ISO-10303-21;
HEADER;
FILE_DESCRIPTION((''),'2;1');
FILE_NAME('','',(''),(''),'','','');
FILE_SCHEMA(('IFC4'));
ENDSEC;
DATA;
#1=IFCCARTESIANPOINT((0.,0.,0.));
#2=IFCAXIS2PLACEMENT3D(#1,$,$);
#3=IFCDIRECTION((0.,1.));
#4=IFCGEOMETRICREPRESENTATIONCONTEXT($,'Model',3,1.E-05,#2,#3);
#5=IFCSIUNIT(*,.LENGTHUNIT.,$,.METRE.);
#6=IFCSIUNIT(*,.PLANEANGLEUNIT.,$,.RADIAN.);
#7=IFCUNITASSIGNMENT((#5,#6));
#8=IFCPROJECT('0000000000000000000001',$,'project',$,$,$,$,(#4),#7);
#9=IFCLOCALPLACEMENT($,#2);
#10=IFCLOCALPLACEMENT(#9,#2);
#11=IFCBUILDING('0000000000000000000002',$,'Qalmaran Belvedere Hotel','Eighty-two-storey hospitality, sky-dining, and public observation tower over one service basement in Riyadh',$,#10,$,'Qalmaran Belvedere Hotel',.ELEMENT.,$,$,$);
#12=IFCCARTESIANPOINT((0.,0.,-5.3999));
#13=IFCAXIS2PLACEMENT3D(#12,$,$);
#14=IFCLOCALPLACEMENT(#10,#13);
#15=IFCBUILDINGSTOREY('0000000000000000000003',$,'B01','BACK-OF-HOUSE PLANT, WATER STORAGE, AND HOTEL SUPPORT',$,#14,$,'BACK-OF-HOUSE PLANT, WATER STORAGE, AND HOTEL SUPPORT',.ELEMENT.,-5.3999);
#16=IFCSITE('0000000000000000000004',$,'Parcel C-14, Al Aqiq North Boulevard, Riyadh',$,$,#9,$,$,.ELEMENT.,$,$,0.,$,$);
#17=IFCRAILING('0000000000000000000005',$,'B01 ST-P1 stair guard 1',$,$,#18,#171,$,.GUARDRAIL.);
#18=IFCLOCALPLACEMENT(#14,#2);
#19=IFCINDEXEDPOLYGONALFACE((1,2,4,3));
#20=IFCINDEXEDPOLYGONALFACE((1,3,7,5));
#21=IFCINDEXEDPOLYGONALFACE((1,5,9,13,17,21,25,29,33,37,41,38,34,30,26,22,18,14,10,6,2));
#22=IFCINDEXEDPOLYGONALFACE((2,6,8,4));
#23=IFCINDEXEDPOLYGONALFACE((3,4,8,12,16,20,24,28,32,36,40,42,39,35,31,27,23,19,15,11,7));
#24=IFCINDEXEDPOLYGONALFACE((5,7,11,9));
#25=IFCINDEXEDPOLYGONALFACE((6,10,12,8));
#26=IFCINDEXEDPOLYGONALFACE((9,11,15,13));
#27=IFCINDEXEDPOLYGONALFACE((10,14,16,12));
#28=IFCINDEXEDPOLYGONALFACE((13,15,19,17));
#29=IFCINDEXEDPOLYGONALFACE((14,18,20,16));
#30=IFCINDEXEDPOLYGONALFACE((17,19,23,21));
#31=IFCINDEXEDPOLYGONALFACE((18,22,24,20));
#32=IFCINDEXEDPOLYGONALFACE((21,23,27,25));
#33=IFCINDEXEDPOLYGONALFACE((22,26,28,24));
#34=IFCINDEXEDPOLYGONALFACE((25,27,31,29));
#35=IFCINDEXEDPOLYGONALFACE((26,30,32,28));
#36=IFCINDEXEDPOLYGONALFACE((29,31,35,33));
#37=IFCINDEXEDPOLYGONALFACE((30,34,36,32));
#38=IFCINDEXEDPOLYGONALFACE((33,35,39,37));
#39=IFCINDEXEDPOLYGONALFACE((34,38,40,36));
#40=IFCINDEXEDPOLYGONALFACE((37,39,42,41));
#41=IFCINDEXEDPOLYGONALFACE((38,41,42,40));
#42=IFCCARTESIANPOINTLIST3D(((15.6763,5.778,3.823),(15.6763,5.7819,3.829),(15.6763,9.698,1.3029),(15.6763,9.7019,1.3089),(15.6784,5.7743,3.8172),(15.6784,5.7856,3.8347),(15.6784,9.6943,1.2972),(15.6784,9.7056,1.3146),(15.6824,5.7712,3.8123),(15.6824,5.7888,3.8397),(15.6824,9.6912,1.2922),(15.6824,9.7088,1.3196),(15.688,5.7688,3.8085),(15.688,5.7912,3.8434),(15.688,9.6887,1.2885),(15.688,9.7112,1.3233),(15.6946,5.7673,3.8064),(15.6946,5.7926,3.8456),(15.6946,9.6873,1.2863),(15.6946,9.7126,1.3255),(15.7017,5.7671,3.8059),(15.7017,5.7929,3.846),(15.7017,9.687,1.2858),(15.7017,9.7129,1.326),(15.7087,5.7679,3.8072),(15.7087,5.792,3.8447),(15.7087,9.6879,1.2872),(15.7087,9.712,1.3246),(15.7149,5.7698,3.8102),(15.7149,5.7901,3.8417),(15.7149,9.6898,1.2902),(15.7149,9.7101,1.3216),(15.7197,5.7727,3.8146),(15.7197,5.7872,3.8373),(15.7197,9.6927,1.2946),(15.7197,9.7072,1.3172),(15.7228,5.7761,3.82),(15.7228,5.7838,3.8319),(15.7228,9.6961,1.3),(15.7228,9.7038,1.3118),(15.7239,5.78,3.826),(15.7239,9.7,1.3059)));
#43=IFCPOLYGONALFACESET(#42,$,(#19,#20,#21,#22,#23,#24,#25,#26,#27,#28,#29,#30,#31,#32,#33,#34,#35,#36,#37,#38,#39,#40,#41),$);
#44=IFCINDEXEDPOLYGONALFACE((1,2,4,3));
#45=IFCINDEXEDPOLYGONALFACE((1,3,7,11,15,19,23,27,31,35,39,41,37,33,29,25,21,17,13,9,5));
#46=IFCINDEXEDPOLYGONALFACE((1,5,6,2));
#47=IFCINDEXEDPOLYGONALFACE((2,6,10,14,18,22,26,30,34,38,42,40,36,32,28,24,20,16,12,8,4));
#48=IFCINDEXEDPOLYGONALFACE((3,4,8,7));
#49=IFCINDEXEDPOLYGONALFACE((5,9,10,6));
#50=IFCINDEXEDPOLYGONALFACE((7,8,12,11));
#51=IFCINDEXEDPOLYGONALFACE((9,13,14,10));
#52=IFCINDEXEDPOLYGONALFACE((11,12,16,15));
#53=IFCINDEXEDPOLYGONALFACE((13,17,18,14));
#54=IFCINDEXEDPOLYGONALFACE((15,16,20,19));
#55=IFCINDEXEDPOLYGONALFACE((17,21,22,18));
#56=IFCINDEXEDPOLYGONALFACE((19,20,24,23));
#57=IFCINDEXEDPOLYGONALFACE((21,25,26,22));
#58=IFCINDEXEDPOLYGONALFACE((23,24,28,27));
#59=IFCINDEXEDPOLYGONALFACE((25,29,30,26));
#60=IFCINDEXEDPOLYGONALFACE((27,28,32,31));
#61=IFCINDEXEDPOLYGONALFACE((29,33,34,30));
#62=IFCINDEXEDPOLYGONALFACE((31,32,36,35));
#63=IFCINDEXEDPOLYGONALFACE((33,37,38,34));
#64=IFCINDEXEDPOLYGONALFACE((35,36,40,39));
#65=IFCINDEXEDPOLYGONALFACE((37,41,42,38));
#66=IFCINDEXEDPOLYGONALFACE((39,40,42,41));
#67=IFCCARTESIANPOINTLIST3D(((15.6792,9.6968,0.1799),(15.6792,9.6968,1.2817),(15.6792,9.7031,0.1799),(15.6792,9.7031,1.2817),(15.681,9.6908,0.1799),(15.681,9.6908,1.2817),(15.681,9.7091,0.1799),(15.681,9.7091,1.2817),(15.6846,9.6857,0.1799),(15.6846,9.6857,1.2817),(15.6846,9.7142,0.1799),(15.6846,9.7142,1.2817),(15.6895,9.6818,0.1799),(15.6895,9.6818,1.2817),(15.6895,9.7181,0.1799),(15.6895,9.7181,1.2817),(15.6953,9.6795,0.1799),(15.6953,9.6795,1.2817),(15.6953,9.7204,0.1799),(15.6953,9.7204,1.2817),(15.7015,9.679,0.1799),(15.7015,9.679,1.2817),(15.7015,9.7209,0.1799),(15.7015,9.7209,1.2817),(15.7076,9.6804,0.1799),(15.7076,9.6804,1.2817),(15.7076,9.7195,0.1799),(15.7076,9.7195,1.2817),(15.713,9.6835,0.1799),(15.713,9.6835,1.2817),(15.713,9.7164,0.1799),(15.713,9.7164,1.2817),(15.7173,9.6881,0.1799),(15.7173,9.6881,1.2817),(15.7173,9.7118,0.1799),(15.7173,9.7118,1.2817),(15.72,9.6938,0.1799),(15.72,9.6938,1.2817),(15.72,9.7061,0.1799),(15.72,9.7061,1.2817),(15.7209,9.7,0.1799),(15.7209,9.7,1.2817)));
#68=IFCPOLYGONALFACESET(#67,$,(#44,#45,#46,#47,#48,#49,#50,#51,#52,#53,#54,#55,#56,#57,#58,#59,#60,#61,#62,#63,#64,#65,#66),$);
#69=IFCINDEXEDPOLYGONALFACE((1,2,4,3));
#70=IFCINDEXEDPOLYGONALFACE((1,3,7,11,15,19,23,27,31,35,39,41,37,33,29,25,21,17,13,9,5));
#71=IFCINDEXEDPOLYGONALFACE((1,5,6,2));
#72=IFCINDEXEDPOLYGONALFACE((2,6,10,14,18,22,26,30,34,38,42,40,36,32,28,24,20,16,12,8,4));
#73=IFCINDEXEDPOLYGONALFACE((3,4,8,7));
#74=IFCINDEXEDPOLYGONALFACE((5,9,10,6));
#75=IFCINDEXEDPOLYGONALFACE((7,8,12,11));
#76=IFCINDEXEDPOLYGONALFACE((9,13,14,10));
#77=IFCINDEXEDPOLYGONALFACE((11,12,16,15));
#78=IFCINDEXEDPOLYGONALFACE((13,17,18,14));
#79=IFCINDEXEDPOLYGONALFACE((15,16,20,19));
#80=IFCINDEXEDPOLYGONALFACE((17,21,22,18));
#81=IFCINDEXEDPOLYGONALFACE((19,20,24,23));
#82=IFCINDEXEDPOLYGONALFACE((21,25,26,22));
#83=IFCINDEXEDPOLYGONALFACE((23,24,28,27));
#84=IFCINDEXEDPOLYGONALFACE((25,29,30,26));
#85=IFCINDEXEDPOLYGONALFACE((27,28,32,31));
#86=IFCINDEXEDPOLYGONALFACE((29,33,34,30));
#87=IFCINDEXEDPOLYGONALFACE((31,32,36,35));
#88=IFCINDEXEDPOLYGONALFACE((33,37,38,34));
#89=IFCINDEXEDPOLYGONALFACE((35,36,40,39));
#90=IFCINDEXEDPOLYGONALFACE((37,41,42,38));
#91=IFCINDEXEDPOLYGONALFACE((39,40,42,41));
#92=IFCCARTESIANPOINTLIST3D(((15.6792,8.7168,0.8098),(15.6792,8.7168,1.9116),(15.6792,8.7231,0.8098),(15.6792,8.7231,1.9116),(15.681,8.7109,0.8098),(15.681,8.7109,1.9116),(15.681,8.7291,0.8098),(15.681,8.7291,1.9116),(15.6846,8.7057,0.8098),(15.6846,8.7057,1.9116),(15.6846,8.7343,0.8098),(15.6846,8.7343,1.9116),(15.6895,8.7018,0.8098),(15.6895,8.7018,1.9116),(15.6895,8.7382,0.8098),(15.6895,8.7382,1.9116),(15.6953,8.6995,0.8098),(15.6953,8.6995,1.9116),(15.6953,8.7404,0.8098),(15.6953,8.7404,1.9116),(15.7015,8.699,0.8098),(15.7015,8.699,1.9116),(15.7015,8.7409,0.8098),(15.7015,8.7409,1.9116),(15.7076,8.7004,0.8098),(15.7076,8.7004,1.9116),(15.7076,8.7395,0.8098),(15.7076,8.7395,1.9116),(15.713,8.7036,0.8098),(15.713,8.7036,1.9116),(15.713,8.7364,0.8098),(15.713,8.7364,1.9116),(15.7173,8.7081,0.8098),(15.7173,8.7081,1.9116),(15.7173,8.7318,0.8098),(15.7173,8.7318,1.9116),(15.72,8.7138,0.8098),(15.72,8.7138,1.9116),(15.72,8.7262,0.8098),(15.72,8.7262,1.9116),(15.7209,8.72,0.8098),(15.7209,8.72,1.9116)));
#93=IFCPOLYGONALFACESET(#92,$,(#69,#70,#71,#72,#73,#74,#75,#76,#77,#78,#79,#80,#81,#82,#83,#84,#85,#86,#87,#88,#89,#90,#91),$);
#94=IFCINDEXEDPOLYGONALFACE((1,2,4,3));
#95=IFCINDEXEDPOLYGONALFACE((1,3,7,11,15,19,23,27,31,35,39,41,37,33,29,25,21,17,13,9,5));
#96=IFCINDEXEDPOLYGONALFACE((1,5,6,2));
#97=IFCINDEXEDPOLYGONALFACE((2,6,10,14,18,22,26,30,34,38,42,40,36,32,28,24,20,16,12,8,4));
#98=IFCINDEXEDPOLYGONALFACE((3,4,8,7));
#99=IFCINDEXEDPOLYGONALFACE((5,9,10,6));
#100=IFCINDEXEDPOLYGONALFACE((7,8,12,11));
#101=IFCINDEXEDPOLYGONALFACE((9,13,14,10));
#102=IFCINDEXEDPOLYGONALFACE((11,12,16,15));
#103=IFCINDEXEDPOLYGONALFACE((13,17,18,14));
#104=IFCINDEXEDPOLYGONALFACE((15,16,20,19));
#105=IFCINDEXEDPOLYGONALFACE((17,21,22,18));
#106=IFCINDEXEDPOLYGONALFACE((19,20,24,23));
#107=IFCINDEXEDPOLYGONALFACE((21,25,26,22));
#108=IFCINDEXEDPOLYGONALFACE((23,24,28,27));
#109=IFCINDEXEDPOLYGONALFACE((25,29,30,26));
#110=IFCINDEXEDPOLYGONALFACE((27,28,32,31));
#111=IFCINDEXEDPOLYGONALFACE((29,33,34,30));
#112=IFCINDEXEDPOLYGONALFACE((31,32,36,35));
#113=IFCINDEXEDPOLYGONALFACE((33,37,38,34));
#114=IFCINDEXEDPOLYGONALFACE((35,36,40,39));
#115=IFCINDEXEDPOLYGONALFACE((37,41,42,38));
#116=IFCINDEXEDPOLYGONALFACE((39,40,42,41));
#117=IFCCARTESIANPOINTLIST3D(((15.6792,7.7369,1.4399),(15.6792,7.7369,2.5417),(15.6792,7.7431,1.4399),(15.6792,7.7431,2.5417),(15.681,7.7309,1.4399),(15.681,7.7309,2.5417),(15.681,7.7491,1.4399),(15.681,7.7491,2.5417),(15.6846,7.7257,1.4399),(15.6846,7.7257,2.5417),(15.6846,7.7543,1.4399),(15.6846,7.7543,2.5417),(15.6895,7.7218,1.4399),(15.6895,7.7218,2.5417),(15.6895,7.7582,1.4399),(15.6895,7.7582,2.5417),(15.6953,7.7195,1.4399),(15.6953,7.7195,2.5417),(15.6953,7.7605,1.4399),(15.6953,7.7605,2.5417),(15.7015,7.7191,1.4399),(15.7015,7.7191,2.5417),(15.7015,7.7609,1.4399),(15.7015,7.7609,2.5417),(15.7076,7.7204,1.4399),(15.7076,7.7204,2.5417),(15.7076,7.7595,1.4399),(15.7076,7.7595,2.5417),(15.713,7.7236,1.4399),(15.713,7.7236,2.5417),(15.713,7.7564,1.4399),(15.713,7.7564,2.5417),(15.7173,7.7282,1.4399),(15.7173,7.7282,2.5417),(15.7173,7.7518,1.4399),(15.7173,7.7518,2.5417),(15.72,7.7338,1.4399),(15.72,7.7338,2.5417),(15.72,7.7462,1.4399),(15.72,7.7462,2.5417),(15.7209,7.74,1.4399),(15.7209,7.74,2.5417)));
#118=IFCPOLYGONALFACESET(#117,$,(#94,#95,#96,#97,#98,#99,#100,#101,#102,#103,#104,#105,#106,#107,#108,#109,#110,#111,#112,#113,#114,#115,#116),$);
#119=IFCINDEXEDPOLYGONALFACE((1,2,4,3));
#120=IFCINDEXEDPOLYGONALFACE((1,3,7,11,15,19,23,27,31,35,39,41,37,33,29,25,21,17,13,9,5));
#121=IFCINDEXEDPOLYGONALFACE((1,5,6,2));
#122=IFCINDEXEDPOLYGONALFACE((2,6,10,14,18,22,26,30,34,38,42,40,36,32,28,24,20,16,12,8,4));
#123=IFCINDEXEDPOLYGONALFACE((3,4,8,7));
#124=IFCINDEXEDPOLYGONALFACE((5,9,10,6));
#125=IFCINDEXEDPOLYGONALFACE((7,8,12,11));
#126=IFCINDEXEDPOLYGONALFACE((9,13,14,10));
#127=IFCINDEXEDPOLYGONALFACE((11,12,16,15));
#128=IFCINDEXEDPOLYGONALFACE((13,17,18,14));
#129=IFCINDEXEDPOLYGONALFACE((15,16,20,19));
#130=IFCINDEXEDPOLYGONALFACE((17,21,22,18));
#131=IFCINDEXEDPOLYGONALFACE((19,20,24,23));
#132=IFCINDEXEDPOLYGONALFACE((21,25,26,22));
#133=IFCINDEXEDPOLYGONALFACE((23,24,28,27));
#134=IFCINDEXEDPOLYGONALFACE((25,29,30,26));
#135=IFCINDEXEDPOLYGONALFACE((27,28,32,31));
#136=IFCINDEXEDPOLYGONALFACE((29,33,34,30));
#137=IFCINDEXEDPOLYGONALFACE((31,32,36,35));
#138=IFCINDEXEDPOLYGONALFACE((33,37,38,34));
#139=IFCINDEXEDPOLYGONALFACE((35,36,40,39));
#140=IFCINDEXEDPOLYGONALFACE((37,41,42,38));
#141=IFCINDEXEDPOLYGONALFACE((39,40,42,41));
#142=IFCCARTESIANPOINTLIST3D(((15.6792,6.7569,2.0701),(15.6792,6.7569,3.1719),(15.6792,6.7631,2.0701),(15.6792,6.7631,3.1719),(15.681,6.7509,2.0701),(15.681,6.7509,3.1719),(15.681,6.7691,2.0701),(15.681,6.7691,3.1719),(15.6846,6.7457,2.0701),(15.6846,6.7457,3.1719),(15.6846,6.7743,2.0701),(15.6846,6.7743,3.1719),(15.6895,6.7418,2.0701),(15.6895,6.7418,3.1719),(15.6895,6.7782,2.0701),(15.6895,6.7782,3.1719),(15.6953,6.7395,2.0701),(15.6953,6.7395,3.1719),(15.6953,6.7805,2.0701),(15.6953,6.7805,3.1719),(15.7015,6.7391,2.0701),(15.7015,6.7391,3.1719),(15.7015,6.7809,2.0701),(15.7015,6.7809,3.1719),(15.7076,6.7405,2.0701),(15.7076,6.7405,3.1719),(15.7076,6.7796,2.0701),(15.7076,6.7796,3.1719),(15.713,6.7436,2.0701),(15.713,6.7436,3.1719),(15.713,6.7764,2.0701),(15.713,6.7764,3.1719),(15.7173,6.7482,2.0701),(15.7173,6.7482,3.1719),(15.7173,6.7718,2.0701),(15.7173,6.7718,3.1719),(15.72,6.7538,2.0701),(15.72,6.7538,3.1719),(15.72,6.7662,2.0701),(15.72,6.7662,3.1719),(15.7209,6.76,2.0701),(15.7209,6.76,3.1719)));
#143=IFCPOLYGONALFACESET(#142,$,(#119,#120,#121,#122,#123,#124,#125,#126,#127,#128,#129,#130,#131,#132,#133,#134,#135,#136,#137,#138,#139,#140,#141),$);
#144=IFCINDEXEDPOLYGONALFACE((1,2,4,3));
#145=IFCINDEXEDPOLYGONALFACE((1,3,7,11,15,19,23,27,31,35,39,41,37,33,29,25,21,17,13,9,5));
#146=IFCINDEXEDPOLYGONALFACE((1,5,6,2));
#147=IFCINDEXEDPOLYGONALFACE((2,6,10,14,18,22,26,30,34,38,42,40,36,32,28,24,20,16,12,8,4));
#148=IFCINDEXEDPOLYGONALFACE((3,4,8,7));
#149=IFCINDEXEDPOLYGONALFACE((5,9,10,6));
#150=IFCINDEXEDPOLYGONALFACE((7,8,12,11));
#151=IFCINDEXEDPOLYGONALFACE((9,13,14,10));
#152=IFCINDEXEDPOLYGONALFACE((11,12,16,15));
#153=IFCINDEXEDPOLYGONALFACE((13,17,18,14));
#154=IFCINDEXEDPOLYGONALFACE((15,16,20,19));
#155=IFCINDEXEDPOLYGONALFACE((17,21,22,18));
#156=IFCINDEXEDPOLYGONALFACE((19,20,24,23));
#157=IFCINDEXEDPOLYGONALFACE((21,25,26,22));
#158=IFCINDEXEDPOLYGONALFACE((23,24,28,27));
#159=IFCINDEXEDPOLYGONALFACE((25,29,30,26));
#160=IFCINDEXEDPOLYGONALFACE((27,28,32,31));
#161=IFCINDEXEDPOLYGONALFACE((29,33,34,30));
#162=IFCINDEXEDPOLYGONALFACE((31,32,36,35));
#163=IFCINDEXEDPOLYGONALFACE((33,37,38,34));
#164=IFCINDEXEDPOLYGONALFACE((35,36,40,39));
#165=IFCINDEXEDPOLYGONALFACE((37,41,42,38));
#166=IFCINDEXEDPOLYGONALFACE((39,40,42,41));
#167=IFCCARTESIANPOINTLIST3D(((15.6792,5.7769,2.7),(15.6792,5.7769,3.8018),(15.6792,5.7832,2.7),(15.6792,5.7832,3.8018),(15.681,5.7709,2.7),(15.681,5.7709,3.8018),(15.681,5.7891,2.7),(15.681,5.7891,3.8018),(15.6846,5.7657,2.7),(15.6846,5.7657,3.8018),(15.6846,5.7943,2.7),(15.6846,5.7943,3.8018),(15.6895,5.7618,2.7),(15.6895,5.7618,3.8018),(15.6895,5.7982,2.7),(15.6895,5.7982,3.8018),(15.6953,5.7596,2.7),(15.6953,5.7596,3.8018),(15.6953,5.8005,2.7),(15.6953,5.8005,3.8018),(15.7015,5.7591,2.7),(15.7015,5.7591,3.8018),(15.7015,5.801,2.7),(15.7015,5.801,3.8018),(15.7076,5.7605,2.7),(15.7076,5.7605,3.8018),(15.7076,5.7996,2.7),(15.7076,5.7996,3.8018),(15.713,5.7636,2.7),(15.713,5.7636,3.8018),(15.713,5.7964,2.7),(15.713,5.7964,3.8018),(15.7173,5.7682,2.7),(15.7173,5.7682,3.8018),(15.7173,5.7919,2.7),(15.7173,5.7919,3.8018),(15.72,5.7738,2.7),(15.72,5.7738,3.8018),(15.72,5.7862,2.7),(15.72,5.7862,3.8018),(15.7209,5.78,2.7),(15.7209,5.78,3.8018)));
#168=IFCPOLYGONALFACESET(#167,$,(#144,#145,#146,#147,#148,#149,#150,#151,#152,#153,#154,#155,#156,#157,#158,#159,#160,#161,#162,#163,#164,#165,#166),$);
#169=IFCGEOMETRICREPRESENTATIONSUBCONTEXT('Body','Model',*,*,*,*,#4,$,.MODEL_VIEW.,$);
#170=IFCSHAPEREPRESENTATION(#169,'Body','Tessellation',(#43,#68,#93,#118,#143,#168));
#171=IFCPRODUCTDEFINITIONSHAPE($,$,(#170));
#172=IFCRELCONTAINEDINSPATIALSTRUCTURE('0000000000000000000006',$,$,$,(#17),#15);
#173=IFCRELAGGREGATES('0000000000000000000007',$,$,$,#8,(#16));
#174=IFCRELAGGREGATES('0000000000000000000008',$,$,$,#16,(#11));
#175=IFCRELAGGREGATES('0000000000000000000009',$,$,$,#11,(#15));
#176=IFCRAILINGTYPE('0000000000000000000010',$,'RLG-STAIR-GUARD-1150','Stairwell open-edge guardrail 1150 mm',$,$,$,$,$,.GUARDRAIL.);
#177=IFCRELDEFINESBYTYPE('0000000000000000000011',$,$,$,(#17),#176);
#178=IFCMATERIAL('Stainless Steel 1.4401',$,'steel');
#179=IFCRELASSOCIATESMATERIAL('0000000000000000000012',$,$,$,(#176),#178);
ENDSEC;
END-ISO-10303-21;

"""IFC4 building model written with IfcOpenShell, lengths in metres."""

from ifc_helpers import new_model, si_unit, direction, frame, origin, origin_2d, place, context, subcontext, project, spatial, circle, extrude, material, type_object, element, save


model = new_model("IFC4")

# Units and contexts
model_context = context("Model", 3, precision=1e-05, world=origin(), true_north=direction((0.0, 1.0)))
body_context = subcontext(model_context, "Body", "Model", "MODEL_VIEW")
ifc_project = project(units=[si_unit("LENGTHUNIT", "METRE"), si_unit("PLANEANGLEUNIT", "RADIAN")], contexts=[model_context])

# Site, building, storey
site_placement = place(None, origin())
site = spatial("IfcSite", under=ifc_project, at=site_placement, Name="Parcel C-14, Al Aqiq North Boulevard, Riyadh", CompositionType="ELEMENT", RefElevation=0.0)
building_placement = place(site_placement, origin())
building = spatial("IfcBuilding", under=site, at=building_placement, Name="Qalmaran Belvedere Hotel", Description="Eighty-two-storey hospitality, sky-dining, and public observation tower over one service basement in Riyadh", LongName="Qalmaran Belvedere Hotel", CompositionType="ELEMENT")
storey_placement = place(building_placement, frame((0.0, 0.0, -5.3999)))
storey = spatial("IfcBuildingStorey", under=building, at=storey_placement, Name="B01", Description="BACK-OF-HOUSE PLANT, WATER STORAGE, AND HOTEL SUPPORT", LongName="BACK-OF-HOUSE PLANT, WATER STORAGE, AND HOTEL SUPPORT", CompositionType="ELEMENT", Elevation=-5.3999)

# Railing
ifc_material_1 = material(Name="Stainless Steel 1.4401", Category="steel")
railing_type_1 = type_object("IfcRailingType", Name="RLG-STAIR-GUARD-1150", Description="Stairwell open-edge guardrail 1150 mm", PredefinedType="GUARDRAIL", material=ifc_material_1)
railing_1_placement = place(storey_placement, frame((15.7, 9.7, 0.1799)))
element("IfcRailing", 1, at=railing_1_placement, inside=storey, type_object=railing_type_1, Name="B01 ST-P1 stair guard 1", PredefinedType="GUARDRAIL", context=body_context, shape_type="SweptSolid", body=[
    extrude(circle(Radius=0.0239, at=origin_2d()), frame((0.0, 0.0, 1.126), z_axis=(0.0, -0.841172, 0.540768), x_axis=(1.0, 0.0, 0.0)), (0.0, 0.0, 1.0), 4.6602),
    extrude(circle(Radius=0.021, at=origin_2d()), origin(), (0.0, 0.0, 1.0), 1.1018),
    extrude(circle(Radius=0.021, at=origin_2d()), frame((0.0, -0.98, 0.6299)), (0.0, 0.0, 1.0), 1.1018),
    extrude(circle(Radius=0.021, at=origin_2d()), frame((0.0, -1.96, 1.26)), (0.0, 0.0, 1.0), 1.1018),
    extrude(circle(Radius=0.021, at=origin_2d()), frame((0.0, -2.9399, 1.8901)), (0.0, 0.0, 1.0), 1.1018),
    extrude(circle(Radius=0.021, at=origin_2d()), frame((0.0, -3.9199, 2.52)), (0.0, 0.0, 1.0), 1.1018),
])

save(model, "model.ifc")
